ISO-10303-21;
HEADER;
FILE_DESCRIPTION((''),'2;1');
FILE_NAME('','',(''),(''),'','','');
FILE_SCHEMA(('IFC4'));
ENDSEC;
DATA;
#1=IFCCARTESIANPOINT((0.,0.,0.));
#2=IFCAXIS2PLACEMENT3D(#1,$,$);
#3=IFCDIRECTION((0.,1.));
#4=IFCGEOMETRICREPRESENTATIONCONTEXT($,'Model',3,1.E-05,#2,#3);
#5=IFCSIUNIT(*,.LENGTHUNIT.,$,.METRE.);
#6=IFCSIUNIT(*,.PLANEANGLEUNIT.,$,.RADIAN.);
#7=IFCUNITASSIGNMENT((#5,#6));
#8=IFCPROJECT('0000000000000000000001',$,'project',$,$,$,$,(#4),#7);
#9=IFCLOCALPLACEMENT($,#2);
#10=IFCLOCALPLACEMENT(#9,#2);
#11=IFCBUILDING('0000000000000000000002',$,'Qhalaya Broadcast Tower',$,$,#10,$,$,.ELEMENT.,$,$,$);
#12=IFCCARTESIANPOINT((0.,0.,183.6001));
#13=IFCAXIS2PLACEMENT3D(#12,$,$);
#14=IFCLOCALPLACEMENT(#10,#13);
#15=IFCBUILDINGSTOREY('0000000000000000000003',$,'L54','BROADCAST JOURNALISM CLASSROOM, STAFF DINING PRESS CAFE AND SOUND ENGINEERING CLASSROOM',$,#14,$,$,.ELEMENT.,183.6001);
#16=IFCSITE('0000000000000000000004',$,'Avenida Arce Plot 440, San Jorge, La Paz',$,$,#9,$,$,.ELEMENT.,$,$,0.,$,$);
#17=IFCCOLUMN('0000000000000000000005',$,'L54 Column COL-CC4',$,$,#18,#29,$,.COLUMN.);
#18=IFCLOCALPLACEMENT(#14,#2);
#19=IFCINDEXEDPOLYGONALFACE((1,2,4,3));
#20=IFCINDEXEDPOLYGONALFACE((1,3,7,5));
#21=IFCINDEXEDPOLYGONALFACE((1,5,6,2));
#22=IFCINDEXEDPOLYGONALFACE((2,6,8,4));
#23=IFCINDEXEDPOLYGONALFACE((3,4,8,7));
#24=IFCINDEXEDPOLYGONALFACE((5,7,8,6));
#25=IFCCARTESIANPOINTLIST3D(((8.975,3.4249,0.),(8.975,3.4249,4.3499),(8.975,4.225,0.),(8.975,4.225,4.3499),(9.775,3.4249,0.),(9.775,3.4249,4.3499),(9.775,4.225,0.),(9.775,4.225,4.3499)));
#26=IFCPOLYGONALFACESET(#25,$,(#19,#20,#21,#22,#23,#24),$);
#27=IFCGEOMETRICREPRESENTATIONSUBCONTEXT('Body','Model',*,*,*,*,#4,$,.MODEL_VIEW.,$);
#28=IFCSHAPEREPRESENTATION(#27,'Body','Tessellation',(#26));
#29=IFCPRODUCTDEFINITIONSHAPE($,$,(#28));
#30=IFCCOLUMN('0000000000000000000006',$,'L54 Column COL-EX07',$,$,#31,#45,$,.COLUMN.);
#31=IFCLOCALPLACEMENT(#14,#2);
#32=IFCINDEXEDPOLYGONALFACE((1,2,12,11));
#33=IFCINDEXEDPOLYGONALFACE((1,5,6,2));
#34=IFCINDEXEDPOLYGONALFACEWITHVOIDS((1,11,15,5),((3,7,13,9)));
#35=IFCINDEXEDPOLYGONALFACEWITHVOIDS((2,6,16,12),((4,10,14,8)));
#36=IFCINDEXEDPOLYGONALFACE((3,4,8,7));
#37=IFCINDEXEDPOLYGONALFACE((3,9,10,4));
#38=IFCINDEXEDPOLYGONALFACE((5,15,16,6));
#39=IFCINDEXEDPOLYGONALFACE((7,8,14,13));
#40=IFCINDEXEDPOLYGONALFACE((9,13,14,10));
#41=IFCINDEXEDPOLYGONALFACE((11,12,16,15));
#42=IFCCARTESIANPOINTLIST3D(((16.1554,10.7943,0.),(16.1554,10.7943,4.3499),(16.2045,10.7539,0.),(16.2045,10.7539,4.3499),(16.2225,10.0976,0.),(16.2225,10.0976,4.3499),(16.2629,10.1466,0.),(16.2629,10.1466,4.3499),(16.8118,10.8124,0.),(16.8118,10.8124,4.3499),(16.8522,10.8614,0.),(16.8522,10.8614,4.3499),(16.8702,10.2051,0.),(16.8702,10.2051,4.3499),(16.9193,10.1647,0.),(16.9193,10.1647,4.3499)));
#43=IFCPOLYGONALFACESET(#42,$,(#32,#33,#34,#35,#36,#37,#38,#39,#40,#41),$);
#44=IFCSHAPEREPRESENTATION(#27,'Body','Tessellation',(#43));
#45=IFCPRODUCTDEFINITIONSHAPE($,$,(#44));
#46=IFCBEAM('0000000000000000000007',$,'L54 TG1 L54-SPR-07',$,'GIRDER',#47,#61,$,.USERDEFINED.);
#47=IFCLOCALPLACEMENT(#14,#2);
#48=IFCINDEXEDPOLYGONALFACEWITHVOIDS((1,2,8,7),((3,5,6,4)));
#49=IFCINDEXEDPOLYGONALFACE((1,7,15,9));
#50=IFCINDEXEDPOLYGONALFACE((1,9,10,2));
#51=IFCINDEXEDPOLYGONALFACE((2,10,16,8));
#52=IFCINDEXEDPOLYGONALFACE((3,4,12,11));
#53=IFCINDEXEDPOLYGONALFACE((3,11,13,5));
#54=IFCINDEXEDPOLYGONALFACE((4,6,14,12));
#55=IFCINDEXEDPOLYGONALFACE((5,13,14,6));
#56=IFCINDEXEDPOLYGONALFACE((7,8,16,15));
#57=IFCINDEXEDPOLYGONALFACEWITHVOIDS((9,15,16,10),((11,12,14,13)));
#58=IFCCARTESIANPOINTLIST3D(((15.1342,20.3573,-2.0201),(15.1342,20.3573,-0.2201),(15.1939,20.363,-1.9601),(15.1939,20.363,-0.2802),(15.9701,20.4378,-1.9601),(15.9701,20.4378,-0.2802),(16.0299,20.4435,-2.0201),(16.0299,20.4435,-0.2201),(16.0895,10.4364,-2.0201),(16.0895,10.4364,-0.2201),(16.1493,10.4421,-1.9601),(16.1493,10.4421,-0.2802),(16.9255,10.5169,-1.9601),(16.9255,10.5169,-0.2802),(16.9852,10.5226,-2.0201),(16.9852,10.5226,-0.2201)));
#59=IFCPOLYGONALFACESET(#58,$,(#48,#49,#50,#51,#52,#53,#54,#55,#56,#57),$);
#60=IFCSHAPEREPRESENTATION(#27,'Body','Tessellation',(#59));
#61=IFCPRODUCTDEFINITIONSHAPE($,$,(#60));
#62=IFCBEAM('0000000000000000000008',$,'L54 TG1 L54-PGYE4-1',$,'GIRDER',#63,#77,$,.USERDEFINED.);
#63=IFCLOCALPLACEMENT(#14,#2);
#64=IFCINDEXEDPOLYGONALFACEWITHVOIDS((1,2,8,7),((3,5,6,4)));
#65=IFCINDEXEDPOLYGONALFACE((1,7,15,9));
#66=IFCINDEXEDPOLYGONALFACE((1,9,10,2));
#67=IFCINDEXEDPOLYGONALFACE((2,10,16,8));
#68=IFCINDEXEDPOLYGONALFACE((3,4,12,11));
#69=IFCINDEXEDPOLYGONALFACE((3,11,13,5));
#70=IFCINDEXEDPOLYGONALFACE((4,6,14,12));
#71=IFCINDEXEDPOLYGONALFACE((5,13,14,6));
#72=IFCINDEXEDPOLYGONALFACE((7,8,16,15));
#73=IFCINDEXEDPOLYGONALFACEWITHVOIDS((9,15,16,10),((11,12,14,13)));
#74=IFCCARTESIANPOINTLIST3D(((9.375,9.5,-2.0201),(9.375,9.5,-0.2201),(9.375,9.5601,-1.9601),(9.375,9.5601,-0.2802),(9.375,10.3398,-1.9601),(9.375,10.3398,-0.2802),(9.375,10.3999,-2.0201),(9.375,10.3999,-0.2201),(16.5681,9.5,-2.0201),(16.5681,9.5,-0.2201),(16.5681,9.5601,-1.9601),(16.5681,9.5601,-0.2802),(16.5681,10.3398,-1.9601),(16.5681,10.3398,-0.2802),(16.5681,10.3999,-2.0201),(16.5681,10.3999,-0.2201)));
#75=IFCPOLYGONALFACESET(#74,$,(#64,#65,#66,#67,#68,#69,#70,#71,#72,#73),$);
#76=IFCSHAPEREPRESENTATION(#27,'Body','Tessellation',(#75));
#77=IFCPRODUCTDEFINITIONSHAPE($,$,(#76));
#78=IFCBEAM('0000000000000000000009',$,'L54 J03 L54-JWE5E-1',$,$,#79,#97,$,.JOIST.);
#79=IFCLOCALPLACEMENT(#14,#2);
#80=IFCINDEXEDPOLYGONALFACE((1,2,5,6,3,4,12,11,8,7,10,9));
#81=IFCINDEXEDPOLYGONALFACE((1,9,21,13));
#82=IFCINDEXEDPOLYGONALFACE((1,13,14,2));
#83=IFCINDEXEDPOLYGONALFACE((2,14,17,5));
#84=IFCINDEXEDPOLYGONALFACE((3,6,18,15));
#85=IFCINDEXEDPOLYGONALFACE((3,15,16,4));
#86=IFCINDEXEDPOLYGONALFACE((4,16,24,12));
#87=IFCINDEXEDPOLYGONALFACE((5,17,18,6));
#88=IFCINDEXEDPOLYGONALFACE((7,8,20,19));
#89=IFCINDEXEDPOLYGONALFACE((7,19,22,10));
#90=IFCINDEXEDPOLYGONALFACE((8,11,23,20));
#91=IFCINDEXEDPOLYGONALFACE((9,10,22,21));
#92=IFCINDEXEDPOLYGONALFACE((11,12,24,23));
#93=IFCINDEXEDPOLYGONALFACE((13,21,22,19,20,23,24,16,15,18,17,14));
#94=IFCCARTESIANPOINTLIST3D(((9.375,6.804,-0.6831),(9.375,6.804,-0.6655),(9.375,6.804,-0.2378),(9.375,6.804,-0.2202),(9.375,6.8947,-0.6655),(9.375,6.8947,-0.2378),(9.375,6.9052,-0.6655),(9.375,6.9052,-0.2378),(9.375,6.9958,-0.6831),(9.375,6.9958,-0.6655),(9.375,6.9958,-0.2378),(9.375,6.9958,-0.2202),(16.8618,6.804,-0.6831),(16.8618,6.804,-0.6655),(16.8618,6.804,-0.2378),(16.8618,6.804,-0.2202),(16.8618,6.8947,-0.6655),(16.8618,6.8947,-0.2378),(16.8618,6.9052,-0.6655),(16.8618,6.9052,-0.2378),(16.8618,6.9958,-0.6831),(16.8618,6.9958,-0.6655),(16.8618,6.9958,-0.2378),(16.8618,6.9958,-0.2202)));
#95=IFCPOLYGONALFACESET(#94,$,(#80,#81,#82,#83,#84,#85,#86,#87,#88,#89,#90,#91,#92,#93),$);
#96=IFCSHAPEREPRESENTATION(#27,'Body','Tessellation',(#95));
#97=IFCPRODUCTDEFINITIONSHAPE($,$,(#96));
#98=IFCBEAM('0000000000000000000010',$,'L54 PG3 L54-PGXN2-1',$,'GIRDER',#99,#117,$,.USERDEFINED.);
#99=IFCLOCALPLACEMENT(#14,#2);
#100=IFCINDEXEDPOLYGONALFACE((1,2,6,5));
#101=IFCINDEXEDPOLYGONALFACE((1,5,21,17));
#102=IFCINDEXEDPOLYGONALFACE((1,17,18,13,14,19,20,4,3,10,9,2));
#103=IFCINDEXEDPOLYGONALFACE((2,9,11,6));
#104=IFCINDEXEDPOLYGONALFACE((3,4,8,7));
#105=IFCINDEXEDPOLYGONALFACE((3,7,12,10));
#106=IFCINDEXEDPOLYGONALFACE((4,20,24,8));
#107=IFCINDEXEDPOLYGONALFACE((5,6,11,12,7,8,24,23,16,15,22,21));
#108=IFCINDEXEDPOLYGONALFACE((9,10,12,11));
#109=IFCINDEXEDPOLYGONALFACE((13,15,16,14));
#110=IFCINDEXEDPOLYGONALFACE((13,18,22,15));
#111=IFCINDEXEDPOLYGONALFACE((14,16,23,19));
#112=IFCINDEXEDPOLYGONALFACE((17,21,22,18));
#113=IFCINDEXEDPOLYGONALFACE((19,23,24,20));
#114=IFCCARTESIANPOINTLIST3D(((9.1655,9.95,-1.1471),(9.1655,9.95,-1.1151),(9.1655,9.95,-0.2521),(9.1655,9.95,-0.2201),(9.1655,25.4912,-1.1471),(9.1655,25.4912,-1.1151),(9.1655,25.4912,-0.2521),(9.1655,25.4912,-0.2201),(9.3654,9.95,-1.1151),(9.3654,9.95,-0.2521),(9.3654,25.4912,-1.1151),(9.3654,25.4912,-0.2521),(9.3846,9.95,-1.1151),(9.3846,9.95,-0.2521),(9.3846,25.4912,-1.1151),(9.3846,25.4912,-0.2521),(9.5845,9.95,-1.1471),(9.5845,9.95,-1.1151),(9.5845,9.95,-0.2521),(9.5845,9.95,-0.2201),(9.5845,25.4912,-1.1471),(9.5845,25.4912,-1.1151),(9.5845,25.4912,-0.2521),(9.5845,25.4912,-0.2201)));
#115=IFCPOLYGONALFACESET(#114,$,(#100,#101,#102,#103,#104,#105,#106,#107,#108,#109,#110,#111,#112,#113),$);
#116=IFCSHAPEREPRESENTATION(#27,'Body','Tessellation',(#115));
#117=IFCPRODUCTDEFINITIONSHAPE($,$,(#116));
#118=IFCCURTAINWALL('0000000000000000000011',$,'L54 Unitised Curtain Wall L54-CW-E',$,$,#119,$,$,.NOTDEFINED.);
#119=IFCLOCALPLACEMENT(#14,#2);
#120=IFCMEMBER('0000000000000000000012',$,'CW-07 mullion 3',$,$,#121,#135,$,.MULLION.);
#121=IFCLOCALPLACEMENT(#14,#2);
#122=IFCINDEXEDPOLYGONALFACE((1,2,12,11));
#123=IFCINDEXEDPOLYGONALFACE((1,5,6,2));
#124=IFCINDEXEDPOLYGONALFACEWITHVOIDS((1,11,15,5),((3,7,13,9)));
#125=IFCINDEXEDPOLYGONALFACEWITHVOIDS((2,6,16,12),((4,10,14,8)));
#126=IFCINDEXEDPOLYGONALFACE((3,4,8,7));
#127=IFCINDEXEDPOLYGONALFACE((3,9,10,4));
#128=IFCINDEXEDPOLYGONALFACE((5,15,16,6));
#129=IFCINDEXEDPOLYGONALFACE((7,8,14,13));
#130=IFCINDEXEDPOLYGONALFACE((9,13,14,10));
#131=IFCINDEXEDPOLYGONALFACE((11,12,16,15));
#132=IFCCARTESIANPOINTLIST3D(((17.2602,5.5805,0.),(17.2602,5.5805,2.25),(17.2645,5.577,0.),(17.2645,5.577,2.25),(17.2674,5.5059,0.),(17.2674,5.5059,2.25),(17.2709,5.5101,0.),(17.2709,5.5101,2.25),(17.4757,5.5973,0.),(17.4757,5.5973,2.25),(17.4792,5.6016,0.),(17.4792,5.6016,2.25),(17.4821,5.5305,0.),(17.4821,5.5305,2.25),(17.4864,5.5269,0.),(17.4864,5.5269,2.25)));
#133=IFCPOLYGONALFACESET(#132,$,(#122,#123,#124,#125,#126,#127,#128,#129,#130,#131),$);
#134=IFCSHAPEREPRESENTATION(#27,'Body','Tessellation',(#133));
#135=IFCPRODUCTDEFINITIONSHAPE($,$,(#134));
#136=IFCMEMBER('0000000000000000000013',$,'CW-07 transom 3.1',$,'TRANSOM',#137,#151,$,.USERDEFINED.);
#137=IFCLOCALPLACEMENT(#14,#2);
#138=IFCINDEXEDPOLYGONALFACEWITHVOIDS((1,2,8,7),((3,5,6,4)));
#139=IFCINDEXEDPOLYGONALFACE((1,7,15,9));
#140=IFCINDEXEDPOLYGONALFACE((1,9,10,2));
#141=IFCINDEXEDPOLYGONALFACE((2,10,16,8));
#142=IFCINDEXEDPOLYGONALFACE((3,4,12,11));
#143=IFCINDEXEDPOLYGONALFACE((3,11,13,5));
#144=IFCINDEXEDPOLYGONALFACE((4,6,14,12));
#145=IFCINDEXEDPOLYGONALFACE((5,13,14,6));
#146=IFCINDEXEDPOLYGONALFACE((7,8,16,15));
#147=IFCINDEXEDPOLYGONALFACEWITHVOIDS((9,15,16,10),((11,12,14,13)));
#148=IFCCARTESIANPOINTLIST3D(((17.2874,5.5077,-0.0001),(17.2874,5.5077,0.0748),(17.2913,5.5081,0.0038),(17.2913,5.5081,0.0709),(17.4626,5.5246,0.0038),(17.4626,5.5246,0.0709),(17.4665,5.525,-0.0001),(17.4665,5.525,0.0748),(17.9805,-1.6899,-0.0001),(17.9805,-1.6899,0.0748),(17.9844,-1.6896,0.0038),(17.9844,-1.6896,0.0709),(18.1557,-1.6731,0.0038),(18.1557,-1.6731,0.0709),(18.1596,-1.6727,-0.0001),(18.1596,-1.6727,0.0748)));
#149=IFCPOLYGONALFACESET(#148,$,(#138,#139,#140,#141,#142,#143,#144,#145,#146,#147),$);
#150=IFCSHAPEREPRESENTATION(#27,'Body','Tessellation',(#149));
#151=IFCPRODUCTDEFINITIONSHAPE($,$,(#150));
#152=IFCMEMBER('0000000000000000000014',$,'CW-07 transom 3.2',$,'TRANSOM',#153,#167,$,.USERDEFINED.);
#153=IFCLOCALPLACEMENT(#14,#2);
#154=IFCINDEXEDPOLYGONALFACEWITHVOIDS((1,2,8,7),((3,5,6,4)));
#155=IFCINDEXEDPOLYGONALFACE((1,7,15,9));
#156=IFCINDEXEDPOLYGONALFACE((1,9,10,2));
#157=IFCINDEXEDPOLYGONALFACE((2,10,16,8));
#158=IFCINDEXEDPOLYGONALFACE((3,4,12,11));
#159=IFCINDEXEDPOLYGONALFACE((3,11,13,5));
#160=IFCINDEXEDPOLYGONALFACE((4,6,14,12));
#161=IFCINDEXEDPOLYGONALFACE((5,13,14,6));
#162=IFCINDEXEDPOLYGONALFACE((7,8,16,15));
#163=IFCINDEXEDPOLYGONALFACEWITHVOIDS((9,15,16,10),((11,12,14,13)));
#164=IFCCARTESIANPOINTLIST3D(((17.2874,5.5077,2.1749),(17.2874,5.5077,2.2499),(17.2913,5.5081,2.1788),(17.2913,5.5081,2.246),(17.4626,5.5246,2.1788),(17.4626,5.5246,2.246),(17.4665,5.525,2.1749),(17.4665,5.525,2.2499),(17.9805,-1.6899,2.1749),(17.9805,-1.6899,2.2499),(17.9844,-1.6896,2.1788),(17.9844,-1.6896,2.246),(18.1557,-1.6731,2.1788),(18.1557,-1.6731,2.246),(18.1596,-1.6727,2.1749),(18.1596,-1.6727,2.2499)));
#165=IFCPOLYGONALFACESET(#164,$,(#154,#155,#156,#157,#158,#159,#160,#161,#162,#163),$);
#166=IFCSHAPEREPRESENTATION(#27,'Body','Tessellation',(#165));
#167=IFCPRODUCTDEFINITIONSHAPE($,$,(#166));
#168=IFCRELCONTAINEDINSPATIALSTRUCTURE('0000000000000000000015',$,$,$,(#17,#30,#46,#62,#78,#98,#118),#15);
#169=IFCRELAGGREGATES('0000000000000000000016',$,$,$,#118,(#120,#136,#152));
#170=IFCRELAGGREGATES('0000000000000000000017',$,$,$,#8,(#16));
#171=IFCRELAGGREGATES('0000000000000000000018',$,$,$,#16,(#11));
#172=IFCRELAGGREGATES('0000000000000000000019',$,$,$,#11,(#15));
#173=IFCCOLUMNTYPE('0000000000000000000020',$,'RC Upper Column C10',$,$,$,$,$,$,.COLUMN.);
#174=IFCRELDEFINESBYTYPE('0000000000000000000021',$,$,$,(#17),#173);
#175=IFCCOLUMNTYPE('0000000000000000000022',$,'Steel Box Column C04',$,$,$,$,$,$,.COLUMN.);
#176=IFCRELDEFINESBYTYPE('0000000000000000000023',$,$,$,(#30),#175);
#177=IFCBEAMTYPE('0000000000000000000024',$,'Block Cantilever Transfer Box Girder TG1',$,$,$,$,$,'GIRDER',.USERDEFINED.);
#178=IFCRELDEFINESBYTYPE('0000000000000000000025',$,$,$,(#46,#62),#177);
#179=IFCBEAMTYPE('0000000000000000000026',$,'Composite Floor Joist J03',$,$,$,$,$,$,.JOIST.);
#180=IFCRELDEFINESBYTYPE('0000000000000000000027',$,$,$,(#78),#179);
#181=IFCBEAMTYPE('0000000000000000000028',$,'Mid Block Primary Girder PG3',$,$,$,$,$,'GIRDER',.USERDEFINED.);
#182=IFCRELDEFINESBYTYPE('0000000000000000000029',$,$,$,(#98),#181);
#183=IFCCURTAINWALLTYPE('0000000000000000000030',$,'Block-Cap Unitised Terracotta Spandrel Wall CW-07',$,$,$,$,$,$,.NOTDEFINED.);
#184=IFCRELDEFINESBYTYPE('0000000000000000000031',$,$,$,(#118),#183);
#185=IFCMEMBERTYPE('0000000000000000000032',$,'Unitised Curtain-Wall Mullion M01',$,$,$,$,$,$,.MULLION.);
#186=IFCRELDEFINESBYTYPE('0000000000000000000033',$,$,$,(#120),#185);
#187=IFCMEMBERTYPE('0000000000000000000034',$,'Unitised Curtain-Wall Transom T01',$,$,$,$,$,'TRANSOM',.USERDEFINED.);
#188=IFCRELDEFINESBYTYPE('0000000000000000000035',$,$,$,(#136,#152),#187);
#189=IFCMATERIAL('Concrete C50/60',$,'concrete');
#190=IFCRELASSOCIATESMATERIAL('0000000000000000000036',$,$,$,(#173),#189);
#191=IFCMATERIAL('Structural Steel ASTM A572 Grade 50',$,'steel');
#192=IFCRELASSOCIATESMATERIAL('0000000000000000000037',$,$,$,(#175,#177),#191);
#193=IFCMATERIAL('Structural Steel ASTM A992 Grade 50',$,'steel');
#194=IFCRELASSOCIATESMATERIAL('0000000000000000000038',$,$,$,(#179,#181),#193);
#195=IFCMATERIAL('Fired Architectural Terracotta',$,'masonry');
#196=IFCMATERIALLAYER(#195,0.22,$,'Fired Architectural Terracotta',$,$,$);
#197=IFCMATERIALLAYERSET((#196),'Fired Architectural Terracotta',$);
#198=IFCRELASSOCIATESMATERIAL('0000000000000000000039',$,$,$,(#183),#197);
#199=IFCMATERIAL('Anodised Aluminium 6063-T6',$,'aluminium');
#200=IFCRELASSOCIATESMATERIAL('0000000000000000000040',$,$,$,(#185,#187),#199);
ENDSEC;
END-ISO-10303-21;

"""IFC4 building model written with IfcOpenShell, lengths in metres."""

from ifc_helpers import new_model, si_unit, direction, frame, origin, origin_2d, place, context, subcontext, project, spatial, rectangle, hollow_rectangle, i_section, extrude, material, layer, layer_set, material_profile, profile_set, type_object, element, aggregate, save


model = new_model("IFC4")

# Units and contexts
model_context = context("Model", 3, precision=1e-05, world=origin(), true_north=direction((0.0, 1.0)))
body_context = subcontext(model_context, "Body", "Model", "MODEL_VIEW")
ifc_project = project(units=[si_unit("LENGTHUNIT", "METRE"), si_unit("PLANEANGLEUNIT", "RADIAN")], contexts=[model_context])

# Site, building, storey
site_placement = place(None, origin())
site = spatial("IfcSite", under=ifc_project, at=site_placement, Name="Avenida Arce Plot 440, San Jorge, La Paz", CompositionType="ELEMENT", RefElevation=0.0)
building_placement = place(site_placement, origin())
building = spatial("IfcBuilding", under=site, at=building_placement, Name="Qhalaya Broadcast Tower", CompositionType="ELEMENT")
storey_placement = place(building_placement, frame((0.0, 0.0, 183.6001)))
storey = spatial("IfcBuildingStorey", under=building, at=storey_placement, Name="L54", Description="BROADCAST JOURNALISM CLASSROOM, STAFF DINING PRESS CAFE AND SOUND ENGINEERING CLASSROOM", CompositionType="ELEMENT", Elevation=183.6001)

# Columns
ifc_material_1 = material(Name="Concrete C50/60", Category="concrete")
ifc_material_profile_1 = material_profile(ifc_material_1, rectangle(XDim=0.8, YDim=0.8, at=origin_2d()), Name="RC-COL 800x800")
ifc_profile_set_1 = profile_set([ifc_material_profile_1], Name="Concrete C50/60")
column_type_1 = type_object("IfcColumnType", Name="RC Upper Column C10", PredefinedType="COLUMN", material=ifc_profile_set_1)
column_1_placement = place(storey_placement, frame((9.375, 3.825, 0.0), z_axis=(0.0, 0.0, 1.0), x_axis=(1.0, 0.0, 0.0)))
element("IfcColumn", 1, at=column_1_placement, inside=storey, type_object=column_type_1, Name="L54 Column COL-CC4", PredefinedType="COLUMN", context=body_context, shape_type="SweptSolid", body=[
    extrude(rectangle(XDim=0.8, YDim=0.8, at=origin_2d()), origin(), (0.0, 0.0, 1.0), 4.3499),
])
ifc_material_2 = material(Name="Structural Steel ASTM A572 Grade 50", Category="steel")
ifc_material_profile_2 = material_profile(ifc_material_2, hollow_rectangle(XDim=0.7, YDim=0.7, WallThickness=0.0449, at=origin_2d()), Name="BOX 700x700x45")
ifc_profile_set_2 = profile_set([ifc_material_profile_2], Name="Structural Steel ASTM A572 Grade 50")
column_type_2 = type_object("IfcColumnType", Name="Steel Box Column C04", PredefinedType="COLUMN", material=ifc_profile_set_2)
column_2_placement = place(storey_placement, frame((16.5374, 10.4795, 0.0), z_axis=(0.0, 0.0, 1.0), x_axis=(-0.095846, 0.995396, 0.0)))
element("IfcColumn", 2, at=column_2_placement, inside=storey, type_object=column_type_2, Name="L54 Column COL-EX07", PredefinedType="COLUMN", context=body_context, shape_type="SweptSolid", body=[
    extrude(hollow_rectangle(XDim=0.7, YDim=0.7, WallThickness=0.0449, at=origin_2d()), origin(), (0.0, 0.0, 1.0), 4.3499),
])

# Beams
ifc_material_profile_3 = material_profile(ifc_material_2, hollow_rectangle(XDim=0.8999, YDim=1.8, WallThickness=0.0601, at=origin_2d()), Name="BOX 900x1800x60")
ifc_profile_set_3 = profile_set([ifc_material_profile_3], Name="Structural Steel ASTM A572 Grade 50")
beam_type_1 = type_object("IfcBeamType", Name="Block Cantilever Transfer Box Girder TG1", ElementType="GIRDER", PredefinedType="USERDEFINED", material=ifc_profile_set_3)
beam_1_placement = place(storey_placement, frame((16.5374, 10.4795, -1.1201), z_axis=(-0.095851, 0.995396, 0.0), x_axis=(-0.995396, -0.095851, 0.0)))
element("IfcBeam", 3, at=beam_1_placement, inside=storey, type_object=beam_type_1, Name="L54 TG1 L54-SPR-07", ObjectType="GIRDER", PredefinedType="USERDEFINED", context=body_context, shape_type="SweptSolid", body=[
    extrude(hollow_rectangle(XDim=0.8999, YDim=1.8, WallThickness=0.0601, at=origin_2d()), origin(), (0.0, 0.0, 1.0), 9.9668),
])
beam_2_placement = place(storey_placement, frame((9.375, 9.95, -1.1201), z_axis=(1.0, 0.0, 0.0), x_axis=(0.0, 1.0, 0.0)))
element("IfcBeam", 4, at=beam_2_placement, inside=storey, type_object=beam_type_1, Name="L54 TG1 L54-PGYE4-1", ObjectType="GIRDER", PredefinedType="USERDEFINED", context=body_context, shape_type="SweptSolid", body=[
    extrude(hollow_rectangle(XDim=0.8999, YDim=1.8, WallThickness=0.0601, at=origin_2d()), origin(), (0.0, 0.0, 1.0), 7.1931),
])
ifc_material_3 = material(Name="Structural Steel ASTM A992 Grade 50", Category="steel")
ifc_material_profile_4 = material_profile(ifc_material_3, i_section(OverallWidth=0.1919, OverallDepth=0.4629, WebThickness=0.0105, FlangeThickness=0.0176, at=origin_2d()), Name="W18X60")
ifc_profile_set_4 = profile_set([ifc_material_profile_4], Name="Structural Steel ASTM A992 Grade 50")
beam_type_2 = type_object("IfcBeamType", Name="Composite Floor Joist J03", PredefinedType="JOIST", material=ifc_profile_set_4)
beam_3_placement = place(storey_placement, frame((9.375, 6.8999, -0.4517), z_axis=(1.0, 0.0, 0.0), x_axis=(0.0, 1.0, 0.0)))
element("IfcBeam", 5, at=beam_3_placement, inside=storey, type_object=beam_type_2, Name="L54 J03 L54-JWE5E-1", PredefinedType="JOIST", context=body_context, shape_type="SweptSolid", body=[
    extrude(i_section(OverallWidth=0.1919, OverallDepth=0.4629, WebThickness=0.0105, FlangeThickness=0.0176, at=origin_2d()), origin(), (0.0, 0.0, 1.0), 7.4868),
])
ifc_material_profile_5 = material_profile(ifc_material_3, i_section(OverallWidth=0.4189, OverallDepth=0.927, WebThickness=0.0193, FlangeThickness=0.032, at=origin_2d()), Name="W36X231")
ifc_profile_set_5 = profile_set([ifc_material_profile_5], Name="Structural Steel ASTM A992 Grade 50")
beam_type_3 = type_object("IfcBeamType", Name="Mid Block Primary Girder PG3", ElementType="GIRDER", PredefinedType="USERDEFINED", material=ifc_profile_set_5)
beam_4_placement = place(storey_placement, frame((9.375, 9.95, -0.6836), z_axis=(0.0, 1.0, 0.0), x_axis=(-1.0, 0.0, 0.0)))
element("IfcBeam", 6, at=beam_4_placement, inside=storey, type_object=beam_type_3, Name="L54 PG3 L54-PGXN2-1", ObjectType="GIRDER", PredefinedType="USERDEFINED", context=body_context, shape_type="SweptSolid", body=[
    extrude(i_section(OverallWidth=0.4189, OverallDepth=0.927, WebThickness=0.0193, FlangeThickness=0.032, at=origin_2d()), origin(), (0.0, 0.0, 1.0), 15.5413),
])

# Curtain wall, members
ifc_material_4 = material(Name="Fired Architectural Terracotta", Category="masonry")
ifc_layer_1 = layer(ifc_material_4, 0.22, Name="Fired Architectural Terracotta")
ifc_layer_set_1 = layer_set([ifc_layer_1], Name="Fired Architectural Terracotta")
curtain_wall_type = type_object("IfcCurtainWallType", Name="Block-Cap Unitised Terracotta Spandrel Wall CW-07", PredefinedType="NOTDEFINED", material=ifc_layer_set_1)
curtain_wall_placement = place(storey_placement, origin())
curtain_wall = element("IfcCurtainWall", 7, at=curtain_wall_placement, inside=storey, type_object=curtain_wall_type, Name="L54 Unitised Curtain Wall L54-CW-E", PredefinedType="NOTDEFINED")
ifc_material_5 = material(Name="Anodised Aluminium 6063-T6", Category="aluminium")
ifc_material_profile_6 = material_profile(ifc_material_5, hollow_rectangle(XDim=0.075, YDim=0.22, WallThickness=0.0039, at=origin_2d()), Name="ALU-MUL 75x220x4")
ifc_profile_set_6 = profile_set([ifc_material_profile_6], Name="Anodised Aluminium 6063-T6")
member_type_1 = type_object("IfcMemberType", Name="Unitised Curtain-Wall Mullion M01", PredefinedType="MULLION", material=ifc_profile_set_6)
member_1_placement = place(storey_placement, frame((17.3733, 5.5537, 0.0), z_axis=(0.0, 0.0, 1.0), x_axis=(0.095846, -0.995396, 0.0)))
member_1 = element("IfcMember", 8, at=member_1_placement, type_object=member_type_1, Name="CW-07 mullion 3", PredefinedType="MULLION", context=body_context, shape_type="SweptSolid", body=[
    extrude(hollow_rectangle(XDim=0.075, YDim=0.22, WallThickness=0.0039, at=origin_2d()), origin(), (0.0, 0.0, 1.0), 2.25),
])
ifc_material_profile_7 = material_profile(ifc_material_5, hollow_rectangle(XDim=0.075, YDim=0.1799, WallThickness=0.0039, at=origin_2d()), Name="ALU-TRN 75x180x4")
ifc_profile_set_7 = profile_set([ifc_material_profile_7], Name="Anodised Aluminium 6063-T6")
member_type_2 = type_object("IfcMemberType", Name="Unitised Curtain-Wall Transom T01", ElementType="TRANSOM", PredefinedType="USERDEFINED", material=ifc_profile_set_7)
member_2_placement = place(storey_placement, frame((17.377, 5.5164, 0.0374), z_axis=(0.095853, -0.995396, 0.0), x_axis=(0.0, 0.0, 1.0)))
member_2 = element("IfcMember", 9, at=member_2_placement, type_object=member_type_2, Name="CW-07 transom 3.1", ObjectType="TRANSOM", PredefinedType="USERDEFINED", context=body_context, shape_type="SweptSolid", body=[
    extrude(hollow_rectangle(XDim=0.075, YDim=0.1799, WallThickness=0.0039, at=origin_2d()), origin(), (0.0, 0.0, 1.0), 7.231),
])
member_3_placement = place(storey_placement, frame((17.377, 5.5164, 2.2124), z_axis=(0.095853, -0.995396, 0.0), x_axis=(0.0, 0.0, 1.0)))
member_3 = element("IfcMember", 10, at=member_3_placement, type_object=member_type_2, Name="CW-07 transom 3.2", ObjectType="TRANSOM", PredefinedType="USERDEFINED", context=body_context, shape_type="SweptSolid", body=[
    extrude(hollow_rectangle(XDim=0.075, YDim=0.1799, WallThickness=0.0039, at=origin_2d()), origin(), (0.0, 0.0, 1.0), 7.231),
])

aggregate(curtain_wall, [member_1, member_2, member_3])

save(model, "model.ifc")
